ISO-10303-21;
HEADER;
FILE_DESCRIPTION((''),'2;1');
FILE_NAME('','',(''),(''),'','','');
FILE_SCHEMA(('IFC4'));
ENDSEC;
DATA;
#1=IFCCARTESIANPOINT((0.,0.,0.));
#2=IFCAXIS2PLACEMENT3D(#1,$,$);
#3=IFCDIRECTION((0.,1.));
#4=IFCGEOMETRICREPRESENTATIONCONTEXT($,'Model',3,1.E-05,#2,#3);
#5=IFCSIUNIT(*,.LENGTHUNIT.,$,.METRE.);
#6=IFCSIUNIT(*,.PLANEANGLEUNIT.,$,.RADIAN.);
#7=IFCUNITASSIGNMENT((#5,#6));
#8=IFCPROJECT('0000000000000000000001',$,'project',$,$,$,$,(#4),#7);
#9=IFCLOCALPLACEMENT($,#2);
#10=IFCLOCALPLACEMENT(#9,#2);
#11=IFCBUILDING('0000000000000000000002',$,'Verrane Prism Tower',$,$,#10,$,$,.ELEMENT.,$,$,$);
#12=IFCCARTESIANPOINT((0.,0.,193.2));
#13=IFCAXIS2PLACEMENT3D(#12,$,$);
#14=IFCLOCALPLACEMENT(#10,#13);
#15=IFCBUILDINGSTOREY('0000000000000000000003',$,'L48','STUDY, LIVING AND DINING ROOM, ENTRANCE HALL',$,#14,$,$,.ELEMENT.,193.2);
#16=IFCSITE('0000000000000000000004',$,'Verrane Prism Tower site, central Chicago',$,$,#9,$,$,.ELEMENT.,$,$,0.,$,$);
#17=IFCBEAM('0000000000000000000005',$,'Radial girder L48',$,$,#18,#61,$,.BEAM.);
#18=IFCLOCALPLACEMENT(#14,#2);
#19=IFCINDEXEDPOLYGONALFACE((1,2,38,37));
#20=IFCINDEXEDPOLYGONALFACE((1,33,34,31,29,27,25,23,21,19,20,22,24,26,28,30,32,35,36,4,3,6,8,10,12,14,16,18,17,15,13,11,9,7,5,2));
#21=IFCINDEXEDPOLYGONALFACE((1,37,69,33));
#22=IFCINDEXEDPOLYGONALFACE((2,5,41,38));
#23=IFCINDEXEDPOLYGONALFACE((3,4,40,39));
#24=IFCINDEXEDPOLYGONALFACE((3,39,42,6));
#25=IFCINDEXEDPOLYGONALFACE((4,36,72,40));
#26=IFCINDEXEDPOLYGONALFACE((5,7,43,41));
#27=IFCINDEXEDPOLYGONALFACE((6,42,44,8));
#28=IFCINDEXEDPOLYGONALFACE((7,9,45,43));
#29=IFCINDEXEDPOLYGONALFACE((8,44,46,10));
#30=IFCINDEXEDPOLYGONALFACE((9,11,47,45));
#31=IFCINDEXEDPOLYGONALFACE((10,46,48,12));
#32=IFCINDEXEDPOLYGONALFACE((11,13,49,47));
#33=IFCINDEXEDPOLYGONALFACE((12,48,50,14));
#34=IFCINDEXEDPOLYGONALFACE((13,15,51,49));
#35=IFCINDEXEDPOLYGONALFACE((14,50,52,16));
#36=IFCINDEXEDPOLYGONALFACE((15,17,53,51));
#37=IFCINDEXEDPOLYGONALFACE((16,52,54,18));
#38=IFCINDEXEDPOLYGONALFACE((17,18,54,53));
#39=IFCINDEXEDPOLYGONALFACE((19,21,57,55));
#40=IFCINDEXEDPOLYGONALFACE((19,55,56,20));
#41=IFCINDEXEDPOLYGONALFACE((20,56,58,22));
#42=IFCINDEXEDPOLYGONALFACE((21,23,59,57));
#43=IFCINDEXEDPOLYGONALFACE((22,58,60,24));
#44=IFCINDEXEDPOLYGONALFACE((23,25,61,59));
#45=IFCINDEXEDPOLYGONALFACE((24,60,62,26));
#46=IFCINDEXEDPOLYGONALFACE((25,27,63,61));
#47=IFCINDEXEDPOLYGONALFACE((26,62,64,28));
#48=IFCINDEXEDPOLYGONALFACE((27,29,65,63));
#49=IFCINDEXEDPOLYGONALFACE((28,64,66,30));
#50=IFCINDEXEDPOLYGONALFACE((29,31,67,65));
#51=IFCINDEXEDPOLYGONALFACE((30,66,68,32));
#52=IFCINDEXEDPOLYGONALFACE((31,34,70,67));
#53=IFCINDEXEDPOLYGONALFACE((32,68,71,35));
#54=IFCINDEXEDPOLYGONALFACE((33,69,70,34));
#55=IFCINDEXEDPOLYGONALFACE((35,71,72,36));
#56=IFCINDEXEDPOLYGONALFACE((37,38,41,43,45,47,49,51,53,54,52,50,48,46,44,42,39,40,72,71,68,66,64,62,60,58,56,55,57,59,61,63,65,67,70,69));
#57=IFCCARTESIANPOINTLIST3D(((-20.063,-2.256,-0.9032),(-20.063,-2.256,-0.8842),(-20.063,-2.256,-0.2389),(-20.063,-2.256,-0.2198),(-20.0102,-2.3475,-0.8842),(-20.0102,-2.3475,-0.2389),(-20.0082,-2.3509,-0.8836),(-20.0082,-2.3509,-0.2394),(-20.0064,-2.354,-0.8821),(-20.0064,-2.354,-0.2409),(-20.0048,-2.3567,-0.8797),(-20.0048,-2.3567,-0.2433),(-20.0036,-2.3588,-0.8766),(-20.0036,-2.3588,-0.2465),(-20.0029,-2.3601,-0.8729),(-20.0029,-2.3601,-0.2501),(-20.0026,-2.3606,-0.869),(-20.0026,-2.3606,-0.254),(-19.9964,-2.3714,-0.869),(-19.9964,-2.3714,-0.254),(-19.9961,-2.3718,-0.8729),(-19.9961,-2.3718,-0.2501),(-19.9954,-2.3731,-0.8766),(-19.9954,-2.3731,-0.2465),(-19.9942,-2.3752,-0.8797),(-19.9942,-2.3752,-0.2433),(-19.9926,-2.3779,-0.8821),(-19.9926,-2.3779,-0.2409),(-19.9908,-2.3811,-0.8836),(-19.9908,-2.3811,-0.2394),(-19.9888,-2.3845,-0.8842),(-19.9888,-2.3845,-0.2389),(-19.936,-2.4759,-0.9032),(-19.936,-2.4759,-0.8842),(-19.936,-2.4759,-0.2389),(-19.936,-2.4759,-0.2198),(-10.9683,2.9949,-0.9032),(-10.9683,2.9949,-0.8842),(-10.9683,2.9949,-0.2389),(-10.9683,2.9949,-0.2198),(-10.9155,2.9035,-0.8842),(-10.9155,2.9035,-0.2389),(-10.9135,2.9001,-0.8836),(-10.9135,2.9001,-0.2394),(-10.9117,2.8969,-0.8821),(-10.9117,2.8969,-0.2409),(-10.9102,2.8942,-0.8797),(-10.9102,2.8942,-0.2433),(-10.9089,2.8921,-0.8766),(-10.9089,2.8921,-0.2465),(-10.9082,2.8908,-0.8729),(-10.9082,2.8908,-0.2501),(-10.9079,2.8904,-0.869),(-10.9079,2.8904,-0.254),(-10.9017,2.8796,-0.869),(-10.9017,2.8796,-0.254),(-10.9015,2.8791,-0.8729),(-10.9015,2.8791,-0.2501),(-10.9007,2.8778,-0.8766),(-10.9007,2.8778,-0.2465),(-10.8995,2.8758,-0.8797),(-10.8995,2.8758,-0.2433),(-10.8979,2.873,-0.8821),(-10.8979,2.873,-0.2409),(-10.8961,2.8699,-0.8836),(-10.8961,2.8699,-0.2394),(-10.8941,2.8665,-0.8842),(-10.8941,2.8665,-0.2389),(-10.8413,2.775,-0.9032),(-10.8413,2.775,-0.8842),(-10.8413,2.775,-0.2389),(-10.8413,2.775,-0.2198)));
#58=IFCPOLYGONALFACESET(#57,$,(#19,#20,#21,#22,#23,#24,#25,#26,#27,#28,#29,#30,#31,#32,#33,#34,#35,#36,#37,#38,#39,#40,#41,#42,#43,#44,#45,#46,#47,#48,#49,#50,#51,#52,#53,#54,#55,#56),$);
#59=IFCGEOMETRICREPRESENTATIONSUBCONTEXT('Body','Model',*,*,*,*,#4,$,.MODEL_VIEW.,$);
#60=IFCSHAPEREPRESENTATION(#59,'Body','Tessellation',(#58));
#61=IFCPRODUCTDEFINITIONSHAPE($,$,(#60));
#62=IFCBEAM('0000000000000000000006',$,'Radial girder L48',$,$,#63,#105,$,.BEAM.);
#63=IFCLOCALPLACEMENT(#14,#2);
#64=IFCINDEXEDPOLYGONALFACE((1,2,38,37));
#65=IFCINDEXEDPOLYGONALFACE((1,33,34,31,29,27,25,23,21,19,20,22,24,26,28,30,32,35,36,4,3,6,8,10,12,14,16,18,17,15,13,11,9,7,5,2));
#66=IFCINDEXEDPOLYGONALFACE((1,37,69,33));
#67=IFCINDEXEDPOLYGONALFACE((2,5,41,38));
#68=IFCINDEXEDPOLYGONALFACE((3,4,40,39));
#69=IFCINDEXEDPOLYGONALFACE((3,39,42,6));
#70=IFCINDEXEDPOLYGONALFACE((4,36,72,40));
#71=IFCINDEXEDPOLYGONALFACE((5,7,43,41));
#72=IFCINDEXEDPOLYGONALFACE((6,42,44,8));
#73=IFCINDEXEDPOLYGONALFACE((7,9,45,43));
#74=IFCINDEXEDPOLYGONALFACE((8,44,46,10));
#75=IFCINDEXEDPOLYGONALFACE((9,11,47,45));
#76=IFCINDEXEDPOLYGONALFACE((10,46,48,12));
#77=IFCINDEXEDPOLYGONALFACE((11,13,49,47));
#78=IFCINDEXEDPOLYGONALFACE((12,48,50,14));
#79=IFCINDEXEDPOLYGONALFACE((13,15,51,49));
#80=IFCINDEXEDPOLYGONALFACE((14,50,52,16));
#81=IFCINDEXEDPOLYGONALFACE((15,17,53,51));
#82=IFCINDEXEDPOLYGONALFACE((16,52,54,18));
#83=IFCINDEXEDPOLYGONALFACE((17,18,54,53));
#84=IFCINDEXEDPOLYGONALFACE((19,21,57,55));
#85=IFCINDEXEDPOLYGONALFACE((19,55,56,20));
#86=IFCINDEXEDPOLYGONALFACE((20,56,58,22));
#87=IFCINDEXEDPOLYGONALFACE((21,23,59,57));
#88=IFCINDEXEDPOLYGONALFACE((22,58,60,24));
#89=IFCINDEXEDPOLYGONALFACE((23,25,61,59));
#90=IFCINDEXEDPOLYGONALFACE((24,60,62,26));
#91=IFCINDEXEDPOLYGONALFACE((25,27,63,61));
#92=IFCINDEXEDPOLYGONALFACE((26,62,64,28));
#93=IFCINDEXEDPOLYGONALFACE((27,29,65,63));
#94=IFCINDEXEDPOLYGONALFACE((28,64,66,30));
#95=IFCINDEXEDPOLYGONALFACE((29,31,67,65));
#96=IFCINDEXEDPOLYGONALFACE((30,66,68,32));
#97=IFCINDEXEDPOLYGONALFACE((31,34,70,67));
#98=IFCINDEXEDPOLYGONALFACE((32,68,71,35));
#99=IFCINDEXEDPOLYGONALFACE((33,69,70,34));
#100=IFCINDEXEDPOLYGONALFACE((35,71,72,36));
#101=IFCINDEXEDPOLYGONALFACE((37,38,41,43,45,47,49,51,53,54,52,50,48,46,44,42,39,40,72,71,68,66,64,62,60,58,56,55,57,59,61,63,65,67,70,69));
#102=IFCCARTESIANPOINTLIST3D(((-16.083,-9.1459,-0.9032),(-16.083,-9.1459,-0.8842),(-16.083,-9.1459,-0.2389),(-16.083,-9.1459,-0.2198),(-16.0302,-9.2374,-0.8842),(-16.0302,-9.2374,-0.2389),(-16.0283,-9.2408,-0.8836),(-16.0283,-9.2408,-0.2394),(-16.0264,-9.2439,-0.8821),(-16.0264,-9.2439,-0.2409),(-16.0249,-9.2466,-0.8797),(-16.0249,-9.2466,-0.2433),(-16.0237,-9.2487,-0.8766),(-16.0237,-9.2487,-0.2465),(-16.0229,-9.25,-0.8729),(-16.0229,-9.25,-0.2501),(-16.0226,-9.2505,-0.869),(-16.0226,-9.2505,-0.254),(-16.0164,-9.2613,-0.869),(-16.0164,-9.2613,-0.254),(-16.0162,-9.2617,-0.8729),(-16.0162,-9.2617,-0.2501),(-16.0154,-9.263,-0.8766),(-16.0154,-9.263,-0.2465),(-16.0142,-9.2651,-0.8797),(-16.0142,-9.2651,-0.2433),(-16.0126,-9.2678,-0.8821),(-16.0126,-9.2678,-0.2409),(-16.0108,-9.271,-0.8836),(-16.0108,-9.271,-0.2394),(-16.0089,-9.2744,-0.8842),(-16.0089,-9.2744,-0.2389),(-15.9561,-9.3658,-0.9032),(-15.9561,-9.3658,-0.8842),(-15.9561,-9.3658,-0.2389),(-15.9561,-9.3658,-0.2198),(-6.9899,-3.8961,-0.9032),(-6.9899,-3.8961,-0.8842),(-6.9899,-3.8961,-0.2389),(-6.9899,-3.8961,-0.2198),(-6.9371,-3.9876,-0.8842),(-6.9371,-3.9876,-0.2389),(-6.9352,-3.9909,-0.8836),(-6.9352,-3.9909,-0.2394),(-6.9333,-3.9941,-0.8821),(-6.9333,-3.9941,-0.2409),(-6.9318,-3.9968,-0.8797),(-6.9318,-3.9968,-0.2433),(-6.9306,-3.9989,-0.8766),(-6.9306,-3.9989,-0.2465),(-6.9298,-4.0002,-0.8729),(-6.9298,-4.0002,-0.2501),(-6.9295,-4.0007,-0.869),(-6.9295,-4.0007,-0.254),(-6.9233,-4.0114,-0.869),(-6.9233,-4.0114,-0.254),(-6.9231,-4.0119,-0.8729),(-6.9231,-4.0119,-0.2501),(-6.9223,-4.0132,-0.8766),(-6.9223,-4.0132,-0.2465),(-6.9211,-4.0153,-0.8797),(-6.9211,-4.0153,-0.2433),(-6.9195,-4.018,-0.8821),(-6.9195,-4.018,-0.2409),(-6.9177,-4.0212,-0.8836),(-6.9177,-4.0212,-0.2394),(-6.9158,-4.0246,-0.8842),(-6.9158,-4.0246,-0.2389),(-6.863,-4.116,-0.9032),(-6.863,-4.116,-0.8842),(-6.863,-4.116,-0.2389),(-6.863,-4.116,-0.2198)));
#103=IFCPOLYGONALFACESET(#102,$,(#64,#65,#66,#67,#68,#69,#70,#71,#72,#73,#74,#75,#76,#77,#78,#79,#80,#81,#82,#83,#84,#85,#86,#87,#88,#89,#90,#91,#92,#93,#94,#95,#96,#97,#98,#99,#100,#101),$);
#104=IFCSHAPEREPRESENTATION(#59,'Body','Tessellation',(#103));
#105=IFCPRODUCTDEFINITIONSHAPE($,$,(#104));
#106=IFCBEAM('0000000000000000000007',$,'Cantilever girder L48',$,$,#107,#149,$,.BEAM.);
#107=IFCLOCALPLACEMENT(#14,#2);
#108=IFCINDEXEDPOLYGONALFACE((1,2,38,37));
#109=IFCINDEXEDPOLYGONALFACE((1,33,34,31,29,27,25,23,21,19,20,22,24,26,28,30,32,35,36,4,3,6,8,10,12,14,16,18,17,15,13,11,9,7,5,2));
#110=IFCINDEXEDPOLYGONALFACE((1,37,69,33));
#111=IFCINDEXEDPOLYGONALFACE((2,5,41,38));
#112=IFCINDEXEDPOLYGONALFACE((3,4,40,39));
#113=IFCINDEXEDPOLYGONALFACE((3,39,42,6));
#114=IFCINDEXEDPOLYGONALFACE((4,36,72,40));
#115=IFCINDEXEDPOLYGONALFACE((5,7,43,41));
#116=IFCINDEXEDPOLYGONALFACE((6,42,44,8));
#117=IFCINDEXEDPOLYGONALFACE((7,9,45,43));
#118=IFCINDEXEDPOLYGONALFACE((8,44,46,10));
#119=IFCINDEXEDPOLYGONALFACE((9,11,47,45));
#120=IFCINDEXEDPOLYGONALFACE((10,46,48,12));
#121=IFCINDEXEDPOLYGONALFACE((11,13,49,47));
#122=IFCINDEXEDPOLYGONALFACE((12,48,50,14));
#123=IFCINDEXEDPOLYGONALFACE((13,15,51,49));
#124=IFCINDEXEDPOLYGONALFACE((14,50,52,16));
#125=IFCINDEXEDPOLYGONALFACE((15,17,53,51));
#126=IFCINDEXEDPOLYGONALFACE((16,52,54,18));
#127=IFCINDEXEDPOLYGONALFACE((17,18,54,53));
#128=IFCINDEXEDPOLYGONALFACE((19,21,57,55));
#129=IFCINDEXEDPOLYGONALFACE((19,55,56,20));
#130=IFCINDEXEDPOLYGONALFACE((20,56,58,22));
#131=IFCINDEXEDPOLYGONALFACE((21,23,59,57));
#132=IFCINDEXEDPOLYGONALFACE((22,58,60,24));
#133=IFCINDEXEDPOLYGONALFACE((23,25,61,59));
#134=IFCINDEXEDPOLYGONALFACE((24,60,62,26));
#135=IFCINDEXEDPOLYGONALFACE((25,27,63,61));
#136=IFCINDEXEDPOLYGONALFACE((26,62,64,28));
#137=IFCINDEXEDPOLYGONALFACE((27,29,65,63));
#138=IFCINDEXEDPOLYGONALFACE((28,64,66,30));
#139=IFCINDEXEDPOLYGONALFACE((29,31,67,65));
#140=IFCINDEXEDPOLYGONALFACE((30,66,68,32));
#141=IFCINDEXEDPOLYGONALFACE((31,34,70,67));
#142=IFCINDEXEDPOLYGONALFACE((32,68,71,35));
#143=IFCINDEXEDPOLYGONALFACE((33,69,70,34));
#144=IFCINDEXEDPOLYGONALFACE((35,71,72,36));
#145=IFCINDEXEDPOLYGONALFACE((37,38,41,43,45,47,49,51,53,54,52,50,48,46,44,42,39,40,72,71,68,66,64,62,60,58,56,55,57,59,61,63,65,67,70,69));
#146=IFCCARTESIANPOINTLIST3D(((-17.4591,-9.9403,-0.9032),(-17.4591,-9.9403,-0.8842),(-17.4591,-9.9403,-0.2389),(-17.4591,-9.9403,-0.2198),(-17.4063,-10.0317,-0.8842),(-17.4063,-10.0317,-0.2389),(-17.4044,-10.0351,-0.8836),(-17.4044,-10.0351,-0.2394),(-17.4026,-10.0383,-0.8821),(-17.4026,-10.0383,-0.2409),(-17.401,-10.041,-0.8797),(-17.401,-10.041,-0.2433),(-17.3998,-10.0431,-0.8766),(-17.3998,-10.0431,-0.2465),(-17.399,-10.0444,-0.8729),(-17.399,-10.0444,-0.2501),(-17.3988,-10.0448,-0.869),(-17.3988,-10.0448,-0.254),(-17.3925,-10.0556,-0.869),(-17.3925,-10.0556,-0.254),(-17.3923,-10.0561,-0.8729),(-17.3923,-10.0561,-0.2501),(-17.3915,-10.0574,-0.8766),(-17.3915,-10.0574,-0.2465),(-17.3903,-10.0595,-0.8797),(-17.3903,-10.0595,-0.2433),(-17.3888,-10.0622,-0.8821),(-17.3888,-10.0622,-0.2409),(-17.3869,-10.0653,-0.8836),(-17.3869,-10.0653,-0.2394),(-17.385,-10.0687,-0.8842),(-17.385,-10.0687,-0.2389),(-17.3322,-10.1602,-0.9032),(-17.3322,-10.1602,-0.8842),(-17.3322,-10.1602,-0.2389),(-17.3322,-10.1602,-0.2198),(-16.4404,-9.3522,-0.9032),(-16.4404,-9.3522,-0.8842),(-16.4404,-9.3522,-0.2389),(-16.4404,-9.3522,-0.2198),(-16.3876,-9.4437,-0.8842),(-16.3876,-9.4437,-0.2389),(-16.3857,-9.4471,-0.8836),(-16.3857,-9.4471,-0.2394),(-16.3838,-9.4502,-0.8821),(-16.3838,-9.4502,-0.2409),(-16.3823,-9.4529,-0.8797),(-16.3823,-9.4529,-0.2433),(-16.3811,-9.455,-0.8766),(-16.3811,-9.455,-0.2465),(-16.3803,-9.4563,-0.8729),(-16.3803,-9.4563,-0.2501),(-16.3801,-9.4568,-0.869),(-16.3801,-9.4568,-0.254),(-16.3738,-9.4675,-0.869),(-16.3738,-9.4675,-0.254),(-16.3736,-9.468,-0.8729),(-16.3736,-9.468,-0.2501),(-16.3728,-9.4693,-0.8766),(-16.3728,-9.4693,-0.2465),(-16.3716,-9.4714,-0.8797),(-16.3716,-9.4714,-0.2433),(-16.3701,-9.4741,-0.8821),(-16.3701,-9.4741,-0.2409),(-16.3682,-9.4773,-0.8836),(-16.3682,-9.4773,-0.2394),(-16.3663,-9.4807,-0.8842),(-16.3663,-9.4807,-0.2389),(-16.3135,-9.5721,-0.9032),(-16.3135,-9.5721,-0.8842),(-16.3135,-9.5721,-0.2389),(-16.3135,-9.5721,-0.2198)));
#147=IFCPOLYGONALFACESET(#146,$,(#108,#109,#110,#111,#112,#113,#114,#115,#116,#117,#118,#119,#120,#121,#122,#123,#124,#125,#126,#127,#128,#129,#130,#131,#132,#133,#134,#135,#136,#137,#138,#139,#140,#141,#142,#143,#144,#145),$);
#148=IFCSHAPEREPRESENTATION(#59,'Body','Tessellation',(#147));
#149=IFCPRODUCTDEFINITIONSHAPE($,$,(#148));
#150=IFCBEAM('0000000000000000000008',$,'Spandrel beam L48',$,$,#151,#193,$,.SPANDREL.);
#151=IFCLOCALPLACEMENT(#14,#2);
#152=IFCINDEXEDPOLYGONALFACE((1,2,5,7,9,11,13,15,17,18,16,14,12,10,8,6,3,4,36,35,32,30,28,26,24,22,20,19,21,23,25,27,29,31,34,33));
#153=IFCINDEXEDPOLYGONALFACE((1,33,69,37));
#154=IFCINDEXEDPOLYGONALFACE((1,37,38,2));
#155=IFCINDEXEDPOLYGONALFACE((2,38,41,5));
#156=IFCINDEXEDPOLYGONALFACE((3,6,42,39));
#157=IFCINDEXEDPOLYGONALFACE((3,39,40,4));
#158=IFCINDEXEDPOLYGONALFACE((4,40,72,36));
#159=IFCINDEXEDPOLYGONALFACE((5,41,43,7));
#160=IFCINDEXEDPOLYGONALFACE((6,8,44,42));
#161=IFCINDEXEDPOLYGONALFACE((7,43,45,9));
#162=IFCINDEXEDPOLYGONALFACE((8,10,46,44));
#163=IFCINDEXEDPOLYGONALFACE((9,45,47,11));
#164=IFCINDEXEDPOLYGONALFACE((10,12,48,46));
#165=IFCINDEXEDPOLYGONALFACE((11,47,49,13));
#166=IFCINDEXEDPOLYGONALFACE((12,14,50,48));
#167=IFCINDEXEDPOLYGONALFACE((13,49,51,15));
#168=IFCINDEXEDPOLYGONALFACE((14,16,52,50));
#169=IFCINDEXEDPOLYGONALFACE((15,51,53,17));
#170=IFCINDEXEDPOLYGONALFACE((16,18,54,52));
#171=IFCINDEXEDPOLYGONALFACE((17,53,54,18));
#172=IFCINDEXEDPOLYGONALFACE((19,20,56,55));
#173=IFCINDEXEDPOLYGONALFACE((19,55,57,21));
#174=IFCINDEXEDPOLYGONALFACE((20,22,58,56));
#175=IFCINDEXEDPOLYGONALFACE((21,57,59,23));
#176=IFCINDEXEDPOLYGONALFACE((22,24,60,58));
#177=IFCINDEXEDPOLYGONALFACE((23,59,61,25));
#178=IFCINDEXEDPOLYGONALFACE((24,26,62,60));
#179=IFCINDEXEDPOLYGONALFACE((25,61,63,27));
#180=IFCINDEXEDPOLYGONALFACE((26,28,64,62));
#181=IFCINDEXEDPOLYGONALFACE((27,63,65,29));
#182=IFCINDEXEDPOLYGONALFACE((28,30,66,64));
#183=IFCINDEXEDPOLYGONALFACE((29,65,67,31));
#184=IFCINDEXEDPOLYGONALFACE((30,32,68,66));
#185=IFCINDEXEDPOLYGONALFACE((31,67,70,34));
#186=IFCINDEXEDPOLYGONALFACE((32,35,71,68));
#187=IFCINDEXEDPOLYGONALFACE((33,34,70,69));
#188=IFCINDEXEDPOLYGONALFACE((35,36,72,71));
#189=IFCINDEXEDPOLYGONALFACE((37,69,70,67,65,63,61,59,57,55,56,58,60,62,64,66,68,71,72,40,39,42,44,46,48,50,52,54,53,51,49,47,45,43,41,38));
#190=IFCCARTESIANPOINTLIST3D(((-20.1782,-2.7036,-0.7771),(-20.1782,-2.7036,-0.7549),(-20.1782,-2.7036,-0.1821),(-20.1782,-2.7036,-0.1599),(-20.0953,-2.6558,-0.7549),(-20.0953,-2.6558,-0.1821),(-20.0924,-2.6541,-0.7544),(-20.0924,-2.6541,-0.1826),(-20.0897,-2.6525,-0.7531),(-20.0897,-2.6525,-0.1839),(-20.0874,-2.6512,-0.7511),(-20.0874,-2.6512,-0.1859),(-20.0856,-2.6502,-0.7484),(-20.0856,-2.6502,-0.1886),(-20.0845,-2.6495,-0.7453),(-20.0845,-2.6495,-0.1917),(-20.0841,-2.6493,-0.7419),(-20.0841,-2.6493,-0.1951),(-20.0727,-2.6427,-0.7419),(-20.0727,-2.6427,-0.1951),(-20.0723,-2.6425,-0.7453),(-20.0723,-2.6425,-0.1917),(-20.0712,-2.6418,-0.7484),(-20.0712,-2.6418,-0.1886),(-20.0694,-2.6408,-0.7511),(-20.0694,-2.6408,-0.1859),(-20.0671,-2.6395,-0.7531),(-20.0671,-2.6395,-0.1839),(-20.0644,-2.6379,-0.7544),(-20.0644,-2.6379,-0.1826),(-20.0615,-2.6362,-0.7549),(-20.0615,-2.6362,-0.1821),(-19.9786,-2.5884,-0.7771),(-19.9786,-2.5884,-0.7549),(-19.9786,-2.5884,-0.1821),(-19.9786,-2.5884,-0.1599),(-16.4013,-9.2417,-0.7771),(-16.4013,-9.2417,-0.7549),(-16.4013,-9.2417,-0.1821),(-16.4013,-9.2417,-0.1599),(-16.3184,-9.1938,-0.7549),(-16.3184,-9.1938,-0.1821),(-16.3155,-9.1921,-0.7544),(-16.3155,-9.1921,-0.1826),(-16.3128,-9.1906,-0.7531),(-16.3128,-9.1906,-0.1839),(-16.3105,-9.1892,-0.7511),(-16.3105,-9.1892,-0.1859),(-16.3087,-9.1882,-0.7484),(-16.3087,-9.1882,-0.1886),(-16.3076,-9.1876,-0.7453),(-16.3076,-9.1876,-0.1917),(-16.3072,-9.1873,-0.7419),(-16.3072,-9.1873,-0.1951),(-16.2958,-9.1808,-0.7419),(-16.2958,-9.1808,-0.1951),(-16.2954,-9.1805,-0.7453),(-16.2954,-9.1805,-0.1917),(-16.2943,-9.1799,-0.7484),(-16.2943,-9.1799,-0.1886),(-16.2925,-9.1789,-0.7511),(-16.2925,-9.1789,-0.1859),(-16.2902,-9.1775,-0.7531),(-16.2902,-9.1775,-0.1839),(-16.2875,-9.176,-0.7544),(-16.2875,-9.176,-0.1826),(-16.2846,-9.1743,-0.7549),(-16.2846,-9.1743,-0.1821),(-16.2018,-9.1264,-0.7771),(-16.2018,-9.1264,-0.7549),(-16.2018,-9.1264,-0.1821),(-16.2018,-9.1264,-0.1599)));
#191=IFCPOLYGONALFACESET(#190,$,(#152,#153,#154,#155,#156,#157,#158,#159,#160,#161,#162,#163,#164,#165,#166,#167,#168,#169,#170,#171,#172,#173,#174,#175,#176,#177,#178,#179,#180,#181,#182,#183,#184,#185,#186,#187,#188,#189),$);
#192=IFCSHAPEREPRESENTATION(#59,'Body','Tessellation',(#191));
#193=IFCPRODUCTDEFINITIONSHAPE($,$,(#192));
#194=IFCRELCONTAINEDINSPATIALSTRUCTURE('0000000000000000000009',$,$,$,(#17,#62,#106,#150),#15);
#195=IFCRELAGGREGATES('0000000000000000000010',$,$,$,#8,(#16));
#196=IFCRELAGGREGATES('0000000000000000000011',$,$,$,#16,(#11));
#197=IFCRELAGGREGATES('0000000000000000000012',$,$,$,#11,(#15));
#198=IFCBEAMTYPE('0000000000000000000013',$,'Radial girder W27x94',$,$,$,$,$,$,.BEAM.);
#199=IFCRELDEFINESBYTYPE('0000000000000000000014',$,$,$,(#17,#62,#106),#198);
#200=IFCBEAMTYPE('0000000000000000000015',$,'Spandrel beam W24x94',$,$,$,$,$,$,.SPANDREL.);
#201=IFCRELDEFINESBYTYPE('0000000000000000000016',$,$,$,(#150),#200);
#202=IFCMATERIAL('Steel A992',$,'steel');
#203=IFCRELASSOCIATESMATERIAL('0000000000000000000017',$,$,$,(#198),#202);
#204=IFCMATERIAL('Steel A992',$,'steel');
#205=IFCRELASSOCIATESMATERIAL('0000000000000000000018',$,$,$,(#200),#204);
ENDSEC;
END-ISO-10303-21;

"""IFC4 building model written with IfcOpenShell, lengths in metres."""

from ifc_helpers import new_model, si_unit, direction, frame, origin, origin_2d, place, context, subcontext, project, spatial, i_section, extrude, material, material_profile, profile_set, type_object, element, save


model = new_model("IFC4")

# Units and contexts
model_context = context("Model", 3, precision=1e-05, world=origin(), true_north=direction((0.0, 1.0)))
body_context = subcontext(model_context, "Body", "Model", "MODEL_VIEW")
ifc_project = project(units=[si_unit("LENGTHUNIT", "METRE"), si_unit("PLANEANGLEUNIT", "RADIAN")], contexts=[model_context])

# Site, building, storey
site_placement = place(None, origin())
site = spatial("IfcSite", under=ifc_project, at=site_placement, Name="Verrane Prism Tower site, central Chicago", CompositionType="ELEMENT", RefElevation=0.0)
building_placement = place(site_placement, origin())
building = spatial("IfcBuilding", under=site, at=building_placement, Name="Verrane Prism Tower", CompositionType="ELEMENT")
storey_placement = place(building_placement, frame((0.0, 0.0, 193.2)))
storey = spatial("IfcBuildingStorey", under=building, at=storey_placement, Name="L48", Description="STUDY, LIVING AND DINING ROOM, ENTRANCE HALL", CompositionType="ELEMENT", Elevation=193.2)

# Beams
ifc_material_1 = material(Name="Steel A992", Category="steel")
ifc_material_profile_1 = material_profile(ifc_material_1, i_section(OverallWidth=0.2539, OverallDepth=0.6833, WebThickness=0.0125, FlangeThickness=0.019, FilletRadius=0.0151, at=origin_2d()), Name="W27x94")
ifc_profile_set_1 = profile_set([ifc_material_profile_1], Name="Steel A992")
beam_type_1 = type_object("IfcBeamType", Name="Radial girder W27x94", PredefinedType="BEAM", material=ifc_profile_set_1)
beam_1_placement = place(storey_placement, frame((-19.9995, -2.366, -0.5615), z_axis=(0.86602, 0.50001, 0.0), x_axis=(-0.50001, 0.86602, 0.0)))
element("IfcBeam", 1, at=beam_1_placement, inside=storey, type_object=beam_type_1, Name="Radial girder L48", PredefinedType="BEAM", context=body_context, shape_type="SweptSolid", body=[
    extrude(i_section(OverallWidth=0.2539, OverallDepth=0.6833, WebThickness=0.0125, FlangeThickness=0.019, FilletRadius=0.0151, at=origin_2d()), origin(), (0.0, 0.0, 1.0), 10.5017),
])
beam_2_placement = place(storey_placement, frame((-16.0195, -9.2559, -0.5615), z_axis=(0.86603, 0.499993, 0.0), x_axis=(-0.499993, 0.86603, 0.0)))
element("IfcBeam", 2, at=beam_2_placement, inside=storey, type_object=beam_type_1, Name="Radial girder L48", PredefinedType="BEAM", context=body_context, shape_type="SweptSolid", body=[
    extrude(i_section(OverallWidth=0.2539, OverallDepth=0.6833, WebThickness=0.0125, FlangeThickness=0.019, FilletRadius=0.0151, at=origin_2d()), origin(), (0.0, 0.0, 1.0), 10.4998),
])
beam_3_placement = place(storey_placement, frame((-16.377, -9.4622, -0.5615), z_axis=(-0.866051, -0.499956, 0.0), x_axis=(0.499956, -0.866051, 0.0)))
element("IfcBeam", 3, at=beam_3_placement, inside=storey, type_object=beam_type_1, Name="Cantilever girder L48", PredefinedType="BEAM", context=body_context, shape_type="SweptSolid", body=[
    extrude(i_section(OverallWidth=0.2539, OverallDepth=0.6833, WebThickness=0.0125, FlangeThickness=0.019, FilletRadius=0.0151, at=origin_2d()), origin(), (0.0, 0.0, 1.0), 1.1763),
])
ifc_material_2 = material(Name="Steel A992", Category="steel")
ifc_material_profile_2 = material_profile(ifc_material_2, i_section(OverallWidth=0.2305, OverallDepth=0.6172, WebThickness=0.0132, FlangeThickness=0.0222, FilletRadius=0.0129, at=origin_2d()), Name="W24x94")
ifc_profile_set_2 = profile_set([ifc_material_profile_2], Name="Steel A992")
beam_type_2 = type_object("IfcBeamType", Name="Spandrel beam W24x94", PredefinedType="SPANDREL", material=ifc_profile_set_2)
beam_4_placement = place(storey_placement, frame((-20.0784, -2.646, -0.4685), z_axis=(0.500208, -0.865906, 0.0), x_axis=(0.865906, 0.500208, 0.0)))
element("IfcBeam", 4, at=beam_4_placement, inside=storey, type_object=beam_type_2, Name="Spandrel beam L48", PredefinedType="SPANDREL", context=body_context, shape_type="SweptSolid", body=[
    extrude(i_section(OverallWidth=0.2305, OverallDepth=0.6172, WebThickness=0.0132, FlangeThickness=0.0222, FilletRadius=0.0129, at=origin_2d()), origin(), (0.0, 0.0, 1.0), 7.5505),
])

save(model, "model.ifc")
